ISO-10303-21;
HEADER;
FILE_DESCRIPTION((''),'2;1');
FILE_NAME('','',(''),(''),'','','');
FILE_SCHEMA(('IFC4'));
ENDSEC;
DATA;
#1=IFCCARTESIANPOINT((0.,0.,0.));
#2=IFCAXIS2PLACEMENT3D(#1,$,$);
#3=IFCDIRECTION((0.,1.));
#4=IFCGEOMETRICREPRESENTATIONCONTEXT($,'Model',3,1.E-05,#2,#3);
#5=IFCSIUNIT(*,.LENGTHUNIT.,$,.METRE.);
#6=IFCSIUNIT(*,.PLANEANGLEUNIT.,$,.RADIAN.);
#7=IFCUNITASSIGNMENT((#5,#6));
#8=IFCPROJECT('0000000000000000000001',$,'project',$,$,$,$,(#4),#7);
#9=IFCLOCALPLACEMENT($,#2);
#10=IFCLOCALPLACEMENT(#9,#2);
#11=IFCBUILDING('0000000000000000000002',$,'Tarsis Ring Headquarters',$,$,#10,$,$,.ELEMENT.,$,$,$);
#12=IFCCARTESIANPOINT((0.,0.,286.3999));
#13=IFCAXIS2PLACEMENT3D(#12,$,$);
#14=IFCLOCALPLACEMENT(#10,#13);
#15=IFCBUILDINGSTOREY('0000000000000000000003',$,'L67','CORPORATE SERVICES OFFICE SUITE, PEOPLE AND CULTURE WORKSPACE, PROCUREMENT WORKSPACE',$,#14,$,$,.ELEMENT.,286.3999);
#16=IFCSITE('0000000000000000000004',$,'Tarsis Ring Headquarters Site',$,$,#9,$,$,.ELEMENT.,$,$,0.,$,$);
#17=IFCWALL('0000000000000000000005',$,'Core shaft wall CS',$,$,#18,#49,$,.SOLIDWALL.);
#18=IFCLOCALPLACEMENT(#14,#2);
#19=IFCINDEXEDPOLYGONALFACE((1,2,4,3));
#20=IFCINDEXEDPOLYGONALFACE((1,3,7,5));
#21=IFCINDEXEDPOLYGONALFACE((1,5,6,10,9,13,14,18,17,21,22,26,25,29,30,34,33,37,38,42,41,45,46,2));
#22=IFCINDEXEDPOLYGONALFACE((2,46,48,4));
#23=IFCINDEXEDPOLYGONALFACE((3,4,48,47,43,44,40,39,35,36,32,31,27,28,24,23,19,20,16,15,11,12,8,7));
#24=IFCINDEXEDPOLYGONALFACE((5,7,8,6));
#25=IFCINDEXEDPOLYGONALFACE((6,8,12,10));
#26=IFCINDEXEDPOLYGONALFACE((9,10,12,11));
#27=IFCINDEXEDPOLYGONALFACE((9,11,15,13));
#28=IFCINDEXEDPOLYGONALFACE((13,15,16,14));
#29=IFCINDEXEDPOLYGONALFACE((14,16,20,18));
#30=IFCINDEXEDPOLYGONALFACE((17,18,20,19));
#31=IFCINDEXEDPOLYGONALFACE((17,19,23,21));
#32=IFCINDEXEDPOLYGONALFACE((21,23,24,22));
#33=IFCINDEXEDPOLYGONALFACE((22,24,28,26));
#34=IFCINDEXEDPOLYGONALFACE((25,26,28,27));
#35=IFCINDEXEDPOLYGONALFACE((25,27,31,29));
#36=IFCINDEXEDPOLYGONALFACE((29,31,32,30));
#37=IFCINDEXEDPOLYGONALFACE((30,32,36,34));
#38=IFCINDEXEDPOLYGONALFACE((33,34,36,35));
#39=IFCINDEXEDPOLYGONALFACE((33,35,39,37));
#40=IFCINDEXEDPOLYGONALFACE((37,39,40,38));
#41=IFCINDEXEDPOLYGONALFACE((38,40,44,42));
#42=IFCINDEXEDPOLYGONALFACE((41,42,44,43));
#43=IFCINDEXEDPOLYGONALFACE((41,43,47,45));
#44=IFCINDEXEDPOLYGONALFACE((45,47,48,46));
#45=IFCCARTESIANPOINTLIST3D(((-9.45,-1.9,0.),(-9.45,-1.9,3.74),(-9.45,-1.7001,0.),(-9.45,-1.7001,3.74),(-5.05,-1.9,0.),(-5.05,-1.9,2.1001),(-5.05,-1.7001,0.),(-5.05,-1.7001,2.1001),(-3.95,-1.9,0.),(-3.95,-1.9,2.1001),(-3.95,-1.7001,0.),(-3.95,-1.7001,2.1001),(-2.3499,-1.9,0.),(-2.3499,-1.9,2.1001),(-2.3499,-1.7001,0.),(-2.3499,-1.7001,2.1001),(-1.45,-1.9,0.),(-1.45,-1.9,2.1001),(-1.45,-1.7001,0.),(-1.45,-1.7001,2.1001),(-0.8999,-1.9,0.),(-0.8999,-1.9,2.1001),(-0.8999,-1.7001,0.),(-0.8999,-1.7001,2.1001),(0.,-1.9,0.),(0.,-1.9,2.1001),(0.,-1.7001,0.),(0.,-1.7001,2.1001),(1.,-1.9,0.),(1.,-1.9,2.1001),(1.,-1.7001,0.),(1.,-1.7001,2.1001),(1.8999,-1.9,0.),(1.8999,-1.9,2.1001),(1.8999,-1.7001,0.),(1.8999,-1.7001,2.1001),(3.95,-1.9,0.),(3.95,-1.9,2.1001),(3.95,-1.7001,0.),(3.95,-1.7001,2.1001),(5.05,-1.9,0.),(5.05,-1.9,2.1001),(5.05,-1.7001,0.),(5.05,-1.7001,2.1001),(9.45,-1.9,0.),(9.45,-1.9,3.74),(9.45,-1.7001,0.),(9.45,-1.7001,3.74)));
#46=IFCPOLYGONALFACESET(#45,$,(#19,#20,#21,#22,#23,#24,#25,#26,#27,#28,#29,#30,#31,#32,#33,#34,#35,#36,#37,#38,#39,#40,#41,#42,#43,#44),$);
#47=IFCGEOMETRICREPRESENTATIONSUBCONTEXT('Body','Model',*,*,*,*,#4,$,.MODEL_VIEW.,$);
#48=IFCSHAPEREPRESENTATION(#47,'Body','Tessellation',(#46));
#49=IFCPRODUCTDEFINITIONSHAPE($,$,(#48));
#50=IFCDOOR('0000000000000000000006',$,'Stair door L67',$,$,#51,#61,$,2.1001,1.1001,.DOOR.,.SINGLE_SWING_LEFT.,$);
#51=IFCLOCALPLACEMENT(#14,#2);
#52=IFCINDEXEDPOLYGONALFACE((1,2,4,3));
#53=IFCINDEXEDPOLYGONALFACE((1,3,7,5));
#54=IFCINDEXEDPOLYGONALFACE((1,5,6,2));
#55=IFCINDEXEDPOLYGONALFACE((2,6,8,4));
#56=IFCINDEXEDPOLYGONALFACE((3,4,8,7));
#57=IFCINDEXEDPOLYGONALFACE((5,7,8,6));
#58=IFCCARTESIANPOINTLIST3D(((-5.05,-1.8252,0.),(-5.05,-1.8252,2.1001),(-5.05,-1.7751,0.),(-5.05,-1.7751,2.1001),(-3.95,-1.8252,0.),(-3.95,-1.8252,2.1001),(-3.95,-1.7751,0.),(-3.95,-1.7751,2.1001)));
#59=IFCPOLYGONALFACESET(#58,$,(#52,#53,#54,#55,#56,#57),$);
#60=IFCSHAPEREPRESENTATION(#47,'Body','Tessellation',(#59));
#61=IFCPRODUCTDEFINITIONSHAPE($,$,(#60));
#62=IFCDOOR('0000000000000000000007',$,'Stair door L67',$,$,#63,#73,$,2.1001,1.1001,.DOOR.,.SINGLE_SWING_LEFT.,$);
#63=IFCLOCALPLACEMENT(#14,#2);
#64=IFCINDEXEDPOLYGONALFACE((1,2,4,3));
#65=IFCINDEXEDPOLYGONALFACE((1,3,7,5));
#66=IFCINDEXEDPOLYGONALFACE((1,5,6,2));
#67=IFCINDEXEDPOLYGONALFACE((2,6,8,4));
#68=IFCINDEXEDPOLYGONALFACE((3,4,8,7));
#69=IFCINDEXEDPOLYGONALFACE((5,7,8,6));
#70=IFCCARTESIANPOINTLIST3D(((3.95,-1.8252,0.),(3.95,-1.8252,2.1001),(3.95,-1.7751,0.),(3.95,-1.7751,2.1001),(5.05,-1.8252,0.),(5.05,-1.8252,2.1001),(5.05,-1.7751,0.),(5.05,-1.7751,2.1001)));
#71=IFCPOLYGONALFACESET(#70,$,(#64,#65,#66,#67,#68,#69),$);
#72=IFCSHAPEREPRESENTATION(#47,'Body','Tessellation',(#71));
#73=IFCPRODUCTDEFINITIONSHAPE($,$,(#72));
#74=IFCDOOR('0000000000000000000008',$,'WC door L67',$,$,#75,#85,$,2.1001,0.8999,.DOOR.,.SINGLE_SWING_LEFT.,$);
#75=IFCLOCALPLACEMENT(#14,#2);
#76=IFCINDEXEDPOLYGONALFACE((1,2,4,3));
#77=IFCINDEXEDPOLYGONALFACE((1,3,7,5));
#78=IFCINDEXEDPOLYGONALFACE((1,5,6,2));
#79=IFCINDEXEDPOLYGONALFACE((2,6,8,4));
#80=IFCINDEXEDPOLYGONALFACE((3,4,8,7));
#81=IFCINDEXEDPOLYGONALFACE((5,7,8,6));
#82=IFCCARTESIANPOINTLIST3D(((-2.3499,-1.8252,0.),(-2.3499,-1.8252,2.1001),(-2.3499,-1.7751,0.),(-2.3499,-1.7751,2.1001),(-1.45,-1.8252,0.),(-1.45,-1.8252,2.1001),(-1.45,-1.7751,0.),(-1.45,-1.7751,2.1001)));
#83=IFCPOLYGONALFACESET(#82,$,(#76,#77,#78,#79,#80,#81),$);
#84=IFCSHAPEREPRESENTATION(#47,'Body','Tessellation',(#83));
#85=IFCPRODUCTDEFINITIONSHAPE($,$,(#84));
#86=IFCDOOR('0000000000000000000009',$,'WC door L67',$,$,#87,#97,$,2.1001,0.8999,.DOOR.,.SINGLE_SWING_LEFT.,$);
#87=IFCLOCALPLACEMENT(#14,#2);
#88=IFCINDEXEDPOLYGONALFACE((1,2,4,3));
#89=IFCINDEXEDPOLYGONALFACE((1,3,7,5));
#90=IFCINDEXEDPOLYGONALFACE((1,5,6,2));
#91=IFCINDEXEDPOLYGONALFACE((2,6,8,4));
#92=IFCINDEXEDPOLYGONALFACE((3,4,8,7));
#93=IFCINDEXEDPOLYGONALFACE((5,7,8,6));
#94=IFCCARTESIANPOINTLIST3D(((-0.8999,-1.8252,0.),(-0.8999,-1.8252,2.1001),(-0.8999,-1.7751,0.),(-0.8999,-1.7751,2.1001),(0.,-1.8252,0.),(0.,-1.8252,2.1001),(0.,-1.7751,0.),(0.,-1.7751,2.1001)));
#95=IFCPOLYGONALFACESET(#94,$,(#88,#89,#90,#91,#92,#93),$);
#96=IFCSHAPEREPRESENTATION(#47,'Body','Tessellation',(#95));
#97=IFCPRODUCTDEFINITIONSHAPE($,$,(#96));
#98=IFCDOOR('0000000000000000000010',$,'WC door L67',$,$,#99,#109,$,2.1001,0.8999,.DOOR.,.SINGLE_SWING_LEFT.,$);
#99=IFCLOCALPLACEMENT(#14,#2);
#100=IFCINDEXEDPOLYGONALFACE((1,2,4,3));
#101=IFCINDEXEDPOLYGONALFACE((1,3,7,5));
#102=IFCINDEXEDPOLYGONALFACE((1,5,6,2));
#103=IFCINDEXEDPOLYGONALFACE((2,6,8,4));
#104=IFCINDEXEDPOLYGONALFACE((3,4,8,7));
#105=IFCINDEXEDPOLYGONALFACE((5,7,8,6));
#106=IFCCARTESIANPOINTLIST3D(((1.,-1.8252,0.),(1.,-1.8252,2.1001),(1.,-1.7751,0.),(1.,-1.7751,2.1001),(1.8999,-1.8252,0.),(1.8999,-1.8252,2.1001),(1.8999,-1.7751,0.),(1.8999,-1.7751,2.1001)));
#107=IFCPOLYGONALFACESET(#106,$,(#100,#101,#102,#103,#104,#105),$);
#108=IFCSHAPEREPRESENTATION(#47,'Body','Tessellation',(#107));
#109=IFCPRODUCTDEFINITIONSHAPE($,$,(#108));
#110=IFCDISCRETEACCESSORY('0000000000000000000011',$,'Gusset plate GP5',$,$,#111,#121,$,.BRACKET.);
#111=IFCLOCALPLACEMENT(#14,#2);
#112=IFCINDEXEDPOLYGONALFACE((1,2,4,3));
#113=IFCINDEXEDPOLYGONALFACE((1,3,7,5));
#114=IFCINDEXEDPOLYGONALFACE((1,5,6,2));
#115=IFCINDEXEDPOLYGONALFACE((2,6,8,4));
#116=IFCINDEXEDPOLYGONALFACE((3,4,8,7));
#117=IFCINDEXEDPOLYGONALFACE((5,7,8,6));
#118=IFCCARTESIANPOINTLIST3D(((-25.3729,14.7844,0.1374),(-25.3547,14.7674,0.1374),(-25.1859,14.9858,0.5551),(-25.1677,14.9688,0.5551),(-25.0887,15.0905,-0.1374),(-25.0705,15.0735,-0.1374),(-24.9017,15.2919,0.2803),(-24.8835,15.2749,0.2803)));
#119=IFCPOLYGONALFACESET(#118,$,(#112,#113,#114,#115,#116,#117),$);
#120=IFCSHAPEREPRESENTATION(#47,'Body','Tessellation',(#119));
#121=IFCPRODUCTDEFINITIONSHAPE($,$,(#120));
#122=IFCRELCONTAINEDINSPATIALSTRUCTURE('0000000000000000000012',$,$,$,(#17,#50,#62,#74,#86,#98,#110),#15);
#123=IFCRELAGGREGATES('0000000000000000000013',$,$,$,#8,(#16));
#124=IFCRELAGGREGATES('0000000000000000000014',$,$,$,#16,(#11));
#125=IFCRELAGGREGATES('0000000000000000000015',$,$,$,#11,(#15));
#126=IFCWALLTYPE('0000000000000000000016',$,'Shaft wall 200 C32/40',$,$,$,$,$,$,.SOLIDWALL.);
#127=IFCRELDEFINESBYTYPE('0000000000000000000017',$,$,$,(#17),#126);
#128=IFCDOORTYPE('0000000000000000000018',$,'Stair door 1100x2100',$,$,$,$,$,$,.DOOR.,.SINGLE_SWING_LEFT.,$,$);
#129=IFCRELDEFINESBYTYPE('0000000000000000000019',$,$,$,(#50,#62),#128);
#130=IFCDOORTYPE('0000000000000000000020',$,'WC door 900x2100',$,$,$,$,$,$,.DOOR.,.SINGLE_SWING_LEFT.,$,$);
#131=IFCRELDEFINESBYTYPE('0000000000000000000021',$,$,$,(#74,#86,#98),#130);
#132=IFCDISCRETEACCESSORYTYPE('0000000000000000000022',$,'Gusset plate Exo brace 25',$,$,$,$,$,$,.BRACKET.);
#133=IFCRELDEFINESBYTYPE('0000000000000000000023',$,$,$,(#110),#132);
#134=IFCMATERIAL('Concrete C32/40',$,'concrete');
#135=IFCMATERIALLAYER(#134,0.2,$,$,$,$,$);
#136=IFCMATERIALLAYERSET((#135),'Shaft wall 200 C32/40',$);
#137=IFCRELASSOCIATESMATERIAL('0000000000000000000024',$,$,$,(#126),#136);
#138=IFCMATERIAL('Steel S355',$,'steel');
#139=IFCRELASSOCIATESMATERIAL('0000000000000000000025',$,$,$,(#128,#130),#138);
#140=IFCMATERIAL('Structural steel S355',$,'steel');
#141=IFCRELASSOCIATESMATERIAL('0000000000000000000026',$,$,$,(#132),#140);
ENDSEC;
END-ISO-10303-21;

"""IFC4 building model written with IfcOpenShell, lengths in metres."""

from ifc_helpers import new_model, si_unit, direction, frame, frame_2d, origin, origin_2d, place, context, subcontext, project, spatial, rectangle, extrude, material, layer, layer_set, material_profile, profile_set, type_object, element, fill, save


model = new_model("IFC4")

# Units and contexts
model_context = context("Model", 3, precision=1e-05, world=origin(), true_north=direction((0.0, 1.0)))
body_context = subcontext(model_context, "Body", "Model", "MODEL_VIEW")
ifc_project = project(units=[si_unit("LENGTHUNIT", "METRE"), si_unit("PLANEANGLEUNIT", "RADIAN")], contexts=[model_context])

# Site, building, storey
site_placement = place(None, origin())
site = spatial("IfcSite", under=ifc_project, at=site_placement, Name="Tarsis Ring Headquarters Site", CompositionType="ELEMENT", RefElevation=0.0)
building_placement = place(site_placement, origin())
building = spatial("IfcBuilding", under=site, at=building_placement, Name="Tarsis Ring Headquarters", CompositionType="ELEMENT")
storey_placement = place(building_placement, frame((0.0, 0.0, 286.3999)))
storey = spatial("IfcBuildingStorey", under=building, at=storey_placement, Name="L67", Description="CORPORATE SERVICES OFFICE SUITE, PEOPLE AND CULTURE WORKSPACE, PROCUREMENT WORKSPACE", CompositionType="ELEMENT", Elevation=286.3999)

# Shared definitions
ifc_material_1 = material(Name="Structural steel S355", Category="steel")

# Wall, openings, doors
ifc_material_2 = material(Name="Concrete C32/40", Category="concrete")
ifc_layer_1 = layer(ifc_material_2, 0.2)
ifc_layer_set_1 = layer_set([ifc_layer_1], Name="Shaft wall 200 C32/40")
wall_type_1 = type_object("IfcWallType", Name="Shaft wall 200 C32/40", PredefinedType="SOLIDWALL", material=ifc_layer_set_1)
wall_1_placement = place(storey_placement, frame((-9.45, -1.8, 0.0), z_axis=(0.0, 0.0, 1.0), x_axis=(1.0, 0.0, 0.0)))
wall_1 = element("IfcWall", 1, at=wall_1_placement, inside=storey, type_object=wall_type_1, Name="Core shaft wall CS", PredefinedType="SOLIDWALL", context=body_context, shape_type="SweptSolid", body=[
    extrude(rectangle(XDim=18.8999, YDim=0.2, at=frame_2d((9.45, 0.0))), origin(), (0.0, 0.0, 1.0), 3.74),
])
opening_1_placement = place(wall_1_placement, frame((4.3999, 0.0, 0.0)))
opening_1 = element("IfcOpeningElement", 2, at=opening_1_placement, cuts=wall_1, PredefinedType="OPENING", context=body_context, shape_type="SweptSolid", body=[
    extrude(rectangle(XDim=1.1001, YDim=2.1001, at=frame_2d((0.55, 1.05))), frame((0.0, 0.1099, 0.0), z_axis=(0.0, -1.0, 0.0), x_axis=(1.0, 0.0, 0.0)), (0.0, 0.0, 1.0), 0.22),
])
opening_2_placement = place(wall_1_placement, frame((7.1001, 0.0, 0.0)))
opening_2 = element("IfcOpeningElement", 3, at=opening_2_placement, cuts=wall_1, PredefinedType="OPENING", context=body_context, shape_type="SweptSolid", body=[
    extrude(rectangle(XDim=0.8999, YDim=2.1001, at=frame_2d((0.45, 1.05))), frame((0.0, 0.1099, 0.0), z_axis=(0.0, -1.0, 0.0), x_axis=(1.0, 0.0, 0.0)), (0.0, 0.0, 1.0), 0.22),
])
opening_3_placement = place(wall_1_placement, frame((8.55, 0.0, 0.0)))
opening_3 = element("IfcOpeningElement", 4, at=opening_3_placement, cuts=wall_1, PredefinedType="OPENING", context=body_context, shape_type="SweptSolid", body=[
    extrude(rectangle(XDim=0.8999, YDim=2.1001, at=frame_2d((0.45, 1.05))), frame((0.0, 0.1099, 0.0), z_axis=(0.0, -1.0, 0.0), x_axis=(1.0, 0.0, 0.0)), (0.0, 0.0, 1.0), 0.22),
])
opening_4_placement = place(wall_1_placement, frame((10.45, 0.0, 0.0)))
opening_4 = element("IfcOpeningElement", 5, at=opening_4_placement, cuts=wall_1, PredefinedType="OPENING", context=body_context, shape_type="SweptSolid", body=[
    extrude(rectangle(XDim=0.8999, YDim=2.1001, at=frame_2d((0.45, 1.05))), frame((0.0, 0.1099, 0.0), z_axis=(0.0, -1.0, 0.0), x_axis=(1.0, 0.0, 0.0)), (0.0, 0.0, 1.0), 0.22),
])
opening_5_placement = place(wall_1_placement, frame((13.3999, 0.0, 0.0)))
opening_5 = element("IfcOpeningElement", 6, at=opening_5_placement, cuts=wall_1, PredefinedType="OPENING", context=body_context, shape_type="SweptSolid", body=[
    extrude(rectangle(XDim=1.1001, YDim=2.1001, at=frame_2d((0.55, 1.05))), frame((0.0, 0.1099, 0.0), z_axis=(0.0, -1.0, 0.0), x_axis=(1.0, 0.0, 0.0)), (0.0, 0.0, 1.0), 0.22),
])
ifc_material_3 = material(Name="Steel S355", Category="steel")
door_type_1 = type_object("IfcDoorType", Name="Stair door 1100x2100", OperationType="SINGLE_SWING_LEFT", PredefinedType="DOOR", material=ifc_material_3)
door_1_placement = place(opening_1_placement, origin())
door_1 = element("IfcDoor", 7, at=door_1_placement, inside=storey, type_object=door_type_1, Name="Stair door L67", OperationType="SINGLE_SWING_LEFT", OverallHeight=2.1001, OverallWidth=1.1001, PredefinedType="DOOR", context=body_context, shape_type="SweptSolid", body=[
    extrude(rectangle(XDim=1.1001, YDim=2.1001, at=frame_2d((0.55, 1.05))), frame((0.0, 0.0249, 0.0), z_axis=(0.0, -1.0, 0.0), x_axis=(1.0, 0.0, 0.0)), (0.0, 0.0, 1.0), 0.05),
])
fill(opening_1, door_1)
door_2_placement = place(opening_5_placement, origin())
door_2 = element("IfcDoor", 8, at=door_2_placement, inside=storey, type_object=door_type_1, Name="Stair door L67", OperationType="SINGLE_SWING_LEFT", OverallHeight=2.1001, OverallWidth=1.1001, PredefinedType="DOOR", context=body_context, shape_type="SweptSolid", body=[
    extrude(rectangle(XDim=1.1001, YDim=2.1001, at=frame_2d((0.55, 1.05))), frame((0.0, 0.0249, 0.0), z_axis=(0.0, -1.0, 0.0), x_axis=(1.0, 0.0, 0.0)), (0.0, 0.0, 1.0), 0.05),
])
fill(opening_5, door_2)
door_type_2 = type_object("IfcDoorType", Name="WC door 900x2100", OperationType="SINGLE_SWING_LEFT", PredefinedType="DOOR", material=ifc_material_3)
door_3_placement = place(opening_2_placement, origin())
door_3 = element("IfcDoor", 9, at=door_3_placement, inside=storey, type_object=door_type_2, Name="WC door L67", OperationType="SINGLE_SWING_LEFT", OverallHeight=2.1001, OverallWidth=0.8999, PredefinedType="DOOR", context=body_context, shape_type="SweptSolid", body=[
    extrude(rectangle(XDim=0.8999, YDim=2.1001, at=frame_2d((0.45, 1.05))), frame((0.0, 0.0249, 0.0), z_axis=(0.0, -1.0, 0.0), x_axis=(1.0, 0.0, 0.0)), (0.0, 0.0, 1.0), 0.05),
])
fill(opening_2, door_3)
door_4_placement = place(opening_3_placement, origin())
door_4 = element("IfcDoor", 10, at=door_4_placement, inside=storey, type_object=door_type_2, Name="WC door L67", OperationType="SINGLE_SWING_LEFT", OverallHeight=2.1001, OverallWidth=0.8999, PredefinedType="DOOR", context=body_context, shape_type="SweptSolid", body=[
    extrude(rectangle(XDim=0.8999, YDim=2.1001, at=frame_2d((0.45, 1.05))), frame((0.0, 0.0249, 0.0), z_axis=(0.0, -1.0, 0.0), x_axis=(1.0, 0.0, 0.0)), (0.0, 0.0, 1.0), 0.05),
])
fill(opening_3, door_4)
door_5_placement = place(opening_4_placement, origin())
door_5 = element("IfcDoor", 11, at=door_5_placement, inside=storey, type_object=door_type_2, Name="WC door L67", OperationType="SINGLE_SWING_LEFT", OverallHeight=2.1001, OverallWidth=0.8999, PredefinedType="DOOR", context=body_context, shape_type="SweptSolid", body=[
    extrude(rectangle(XDim=0.8999, YDim=2.1001, at=frame_2d((0.45, 1.05))), frame((0.0, 0.0249, 0.0), z_axis=(0.0, -1.0, 0.0), x_axis=(1.0, 0.0, 0.0)), (0.0, 0.0, 1.0), 0.05),
])
fill(opening_4, door_5)

# Discrete accessory
ifc_material_profile_1 = material_profile(ifc_material_1, rectangle(XDim=0.0249, YDim=0.5, at=origin_2d()), Name="PL 25x500")
ifc_profile_set_1 = profile_set([ifc_material_profile_1], Name="Structural steel S355")
discrete_accessory_type = type_object("IfcDiscreteAccessoryType", Name="Gusset plate Exo brace 25", PredefinedType="BRACKET", material=ifc_profile_set_1)
discrete_accessory_placement = place(storey_placement, frame((-25.2217, 14.929, 0.0), z_axis=(0.373997, 0.402803, 0.83539), x_axis=(-0.732825, 0.680417, 0.0)))
element("IfcDiscreteAccessory", 12, at=discrete_accessory_placement, inside=storey, type_object=discrete_accessory_type, Name="Gusset plate GP5", PredefinedType="BRACKET", context=body_context, shape_type="SweptSolid", body=[
    extrude(rectangle(XDim=0.0249, YDim=0.5, at=origin_2d()), origin(), (0.0, 0.0, 1.0), 0.5),
])

save(model, "model.ifc")
